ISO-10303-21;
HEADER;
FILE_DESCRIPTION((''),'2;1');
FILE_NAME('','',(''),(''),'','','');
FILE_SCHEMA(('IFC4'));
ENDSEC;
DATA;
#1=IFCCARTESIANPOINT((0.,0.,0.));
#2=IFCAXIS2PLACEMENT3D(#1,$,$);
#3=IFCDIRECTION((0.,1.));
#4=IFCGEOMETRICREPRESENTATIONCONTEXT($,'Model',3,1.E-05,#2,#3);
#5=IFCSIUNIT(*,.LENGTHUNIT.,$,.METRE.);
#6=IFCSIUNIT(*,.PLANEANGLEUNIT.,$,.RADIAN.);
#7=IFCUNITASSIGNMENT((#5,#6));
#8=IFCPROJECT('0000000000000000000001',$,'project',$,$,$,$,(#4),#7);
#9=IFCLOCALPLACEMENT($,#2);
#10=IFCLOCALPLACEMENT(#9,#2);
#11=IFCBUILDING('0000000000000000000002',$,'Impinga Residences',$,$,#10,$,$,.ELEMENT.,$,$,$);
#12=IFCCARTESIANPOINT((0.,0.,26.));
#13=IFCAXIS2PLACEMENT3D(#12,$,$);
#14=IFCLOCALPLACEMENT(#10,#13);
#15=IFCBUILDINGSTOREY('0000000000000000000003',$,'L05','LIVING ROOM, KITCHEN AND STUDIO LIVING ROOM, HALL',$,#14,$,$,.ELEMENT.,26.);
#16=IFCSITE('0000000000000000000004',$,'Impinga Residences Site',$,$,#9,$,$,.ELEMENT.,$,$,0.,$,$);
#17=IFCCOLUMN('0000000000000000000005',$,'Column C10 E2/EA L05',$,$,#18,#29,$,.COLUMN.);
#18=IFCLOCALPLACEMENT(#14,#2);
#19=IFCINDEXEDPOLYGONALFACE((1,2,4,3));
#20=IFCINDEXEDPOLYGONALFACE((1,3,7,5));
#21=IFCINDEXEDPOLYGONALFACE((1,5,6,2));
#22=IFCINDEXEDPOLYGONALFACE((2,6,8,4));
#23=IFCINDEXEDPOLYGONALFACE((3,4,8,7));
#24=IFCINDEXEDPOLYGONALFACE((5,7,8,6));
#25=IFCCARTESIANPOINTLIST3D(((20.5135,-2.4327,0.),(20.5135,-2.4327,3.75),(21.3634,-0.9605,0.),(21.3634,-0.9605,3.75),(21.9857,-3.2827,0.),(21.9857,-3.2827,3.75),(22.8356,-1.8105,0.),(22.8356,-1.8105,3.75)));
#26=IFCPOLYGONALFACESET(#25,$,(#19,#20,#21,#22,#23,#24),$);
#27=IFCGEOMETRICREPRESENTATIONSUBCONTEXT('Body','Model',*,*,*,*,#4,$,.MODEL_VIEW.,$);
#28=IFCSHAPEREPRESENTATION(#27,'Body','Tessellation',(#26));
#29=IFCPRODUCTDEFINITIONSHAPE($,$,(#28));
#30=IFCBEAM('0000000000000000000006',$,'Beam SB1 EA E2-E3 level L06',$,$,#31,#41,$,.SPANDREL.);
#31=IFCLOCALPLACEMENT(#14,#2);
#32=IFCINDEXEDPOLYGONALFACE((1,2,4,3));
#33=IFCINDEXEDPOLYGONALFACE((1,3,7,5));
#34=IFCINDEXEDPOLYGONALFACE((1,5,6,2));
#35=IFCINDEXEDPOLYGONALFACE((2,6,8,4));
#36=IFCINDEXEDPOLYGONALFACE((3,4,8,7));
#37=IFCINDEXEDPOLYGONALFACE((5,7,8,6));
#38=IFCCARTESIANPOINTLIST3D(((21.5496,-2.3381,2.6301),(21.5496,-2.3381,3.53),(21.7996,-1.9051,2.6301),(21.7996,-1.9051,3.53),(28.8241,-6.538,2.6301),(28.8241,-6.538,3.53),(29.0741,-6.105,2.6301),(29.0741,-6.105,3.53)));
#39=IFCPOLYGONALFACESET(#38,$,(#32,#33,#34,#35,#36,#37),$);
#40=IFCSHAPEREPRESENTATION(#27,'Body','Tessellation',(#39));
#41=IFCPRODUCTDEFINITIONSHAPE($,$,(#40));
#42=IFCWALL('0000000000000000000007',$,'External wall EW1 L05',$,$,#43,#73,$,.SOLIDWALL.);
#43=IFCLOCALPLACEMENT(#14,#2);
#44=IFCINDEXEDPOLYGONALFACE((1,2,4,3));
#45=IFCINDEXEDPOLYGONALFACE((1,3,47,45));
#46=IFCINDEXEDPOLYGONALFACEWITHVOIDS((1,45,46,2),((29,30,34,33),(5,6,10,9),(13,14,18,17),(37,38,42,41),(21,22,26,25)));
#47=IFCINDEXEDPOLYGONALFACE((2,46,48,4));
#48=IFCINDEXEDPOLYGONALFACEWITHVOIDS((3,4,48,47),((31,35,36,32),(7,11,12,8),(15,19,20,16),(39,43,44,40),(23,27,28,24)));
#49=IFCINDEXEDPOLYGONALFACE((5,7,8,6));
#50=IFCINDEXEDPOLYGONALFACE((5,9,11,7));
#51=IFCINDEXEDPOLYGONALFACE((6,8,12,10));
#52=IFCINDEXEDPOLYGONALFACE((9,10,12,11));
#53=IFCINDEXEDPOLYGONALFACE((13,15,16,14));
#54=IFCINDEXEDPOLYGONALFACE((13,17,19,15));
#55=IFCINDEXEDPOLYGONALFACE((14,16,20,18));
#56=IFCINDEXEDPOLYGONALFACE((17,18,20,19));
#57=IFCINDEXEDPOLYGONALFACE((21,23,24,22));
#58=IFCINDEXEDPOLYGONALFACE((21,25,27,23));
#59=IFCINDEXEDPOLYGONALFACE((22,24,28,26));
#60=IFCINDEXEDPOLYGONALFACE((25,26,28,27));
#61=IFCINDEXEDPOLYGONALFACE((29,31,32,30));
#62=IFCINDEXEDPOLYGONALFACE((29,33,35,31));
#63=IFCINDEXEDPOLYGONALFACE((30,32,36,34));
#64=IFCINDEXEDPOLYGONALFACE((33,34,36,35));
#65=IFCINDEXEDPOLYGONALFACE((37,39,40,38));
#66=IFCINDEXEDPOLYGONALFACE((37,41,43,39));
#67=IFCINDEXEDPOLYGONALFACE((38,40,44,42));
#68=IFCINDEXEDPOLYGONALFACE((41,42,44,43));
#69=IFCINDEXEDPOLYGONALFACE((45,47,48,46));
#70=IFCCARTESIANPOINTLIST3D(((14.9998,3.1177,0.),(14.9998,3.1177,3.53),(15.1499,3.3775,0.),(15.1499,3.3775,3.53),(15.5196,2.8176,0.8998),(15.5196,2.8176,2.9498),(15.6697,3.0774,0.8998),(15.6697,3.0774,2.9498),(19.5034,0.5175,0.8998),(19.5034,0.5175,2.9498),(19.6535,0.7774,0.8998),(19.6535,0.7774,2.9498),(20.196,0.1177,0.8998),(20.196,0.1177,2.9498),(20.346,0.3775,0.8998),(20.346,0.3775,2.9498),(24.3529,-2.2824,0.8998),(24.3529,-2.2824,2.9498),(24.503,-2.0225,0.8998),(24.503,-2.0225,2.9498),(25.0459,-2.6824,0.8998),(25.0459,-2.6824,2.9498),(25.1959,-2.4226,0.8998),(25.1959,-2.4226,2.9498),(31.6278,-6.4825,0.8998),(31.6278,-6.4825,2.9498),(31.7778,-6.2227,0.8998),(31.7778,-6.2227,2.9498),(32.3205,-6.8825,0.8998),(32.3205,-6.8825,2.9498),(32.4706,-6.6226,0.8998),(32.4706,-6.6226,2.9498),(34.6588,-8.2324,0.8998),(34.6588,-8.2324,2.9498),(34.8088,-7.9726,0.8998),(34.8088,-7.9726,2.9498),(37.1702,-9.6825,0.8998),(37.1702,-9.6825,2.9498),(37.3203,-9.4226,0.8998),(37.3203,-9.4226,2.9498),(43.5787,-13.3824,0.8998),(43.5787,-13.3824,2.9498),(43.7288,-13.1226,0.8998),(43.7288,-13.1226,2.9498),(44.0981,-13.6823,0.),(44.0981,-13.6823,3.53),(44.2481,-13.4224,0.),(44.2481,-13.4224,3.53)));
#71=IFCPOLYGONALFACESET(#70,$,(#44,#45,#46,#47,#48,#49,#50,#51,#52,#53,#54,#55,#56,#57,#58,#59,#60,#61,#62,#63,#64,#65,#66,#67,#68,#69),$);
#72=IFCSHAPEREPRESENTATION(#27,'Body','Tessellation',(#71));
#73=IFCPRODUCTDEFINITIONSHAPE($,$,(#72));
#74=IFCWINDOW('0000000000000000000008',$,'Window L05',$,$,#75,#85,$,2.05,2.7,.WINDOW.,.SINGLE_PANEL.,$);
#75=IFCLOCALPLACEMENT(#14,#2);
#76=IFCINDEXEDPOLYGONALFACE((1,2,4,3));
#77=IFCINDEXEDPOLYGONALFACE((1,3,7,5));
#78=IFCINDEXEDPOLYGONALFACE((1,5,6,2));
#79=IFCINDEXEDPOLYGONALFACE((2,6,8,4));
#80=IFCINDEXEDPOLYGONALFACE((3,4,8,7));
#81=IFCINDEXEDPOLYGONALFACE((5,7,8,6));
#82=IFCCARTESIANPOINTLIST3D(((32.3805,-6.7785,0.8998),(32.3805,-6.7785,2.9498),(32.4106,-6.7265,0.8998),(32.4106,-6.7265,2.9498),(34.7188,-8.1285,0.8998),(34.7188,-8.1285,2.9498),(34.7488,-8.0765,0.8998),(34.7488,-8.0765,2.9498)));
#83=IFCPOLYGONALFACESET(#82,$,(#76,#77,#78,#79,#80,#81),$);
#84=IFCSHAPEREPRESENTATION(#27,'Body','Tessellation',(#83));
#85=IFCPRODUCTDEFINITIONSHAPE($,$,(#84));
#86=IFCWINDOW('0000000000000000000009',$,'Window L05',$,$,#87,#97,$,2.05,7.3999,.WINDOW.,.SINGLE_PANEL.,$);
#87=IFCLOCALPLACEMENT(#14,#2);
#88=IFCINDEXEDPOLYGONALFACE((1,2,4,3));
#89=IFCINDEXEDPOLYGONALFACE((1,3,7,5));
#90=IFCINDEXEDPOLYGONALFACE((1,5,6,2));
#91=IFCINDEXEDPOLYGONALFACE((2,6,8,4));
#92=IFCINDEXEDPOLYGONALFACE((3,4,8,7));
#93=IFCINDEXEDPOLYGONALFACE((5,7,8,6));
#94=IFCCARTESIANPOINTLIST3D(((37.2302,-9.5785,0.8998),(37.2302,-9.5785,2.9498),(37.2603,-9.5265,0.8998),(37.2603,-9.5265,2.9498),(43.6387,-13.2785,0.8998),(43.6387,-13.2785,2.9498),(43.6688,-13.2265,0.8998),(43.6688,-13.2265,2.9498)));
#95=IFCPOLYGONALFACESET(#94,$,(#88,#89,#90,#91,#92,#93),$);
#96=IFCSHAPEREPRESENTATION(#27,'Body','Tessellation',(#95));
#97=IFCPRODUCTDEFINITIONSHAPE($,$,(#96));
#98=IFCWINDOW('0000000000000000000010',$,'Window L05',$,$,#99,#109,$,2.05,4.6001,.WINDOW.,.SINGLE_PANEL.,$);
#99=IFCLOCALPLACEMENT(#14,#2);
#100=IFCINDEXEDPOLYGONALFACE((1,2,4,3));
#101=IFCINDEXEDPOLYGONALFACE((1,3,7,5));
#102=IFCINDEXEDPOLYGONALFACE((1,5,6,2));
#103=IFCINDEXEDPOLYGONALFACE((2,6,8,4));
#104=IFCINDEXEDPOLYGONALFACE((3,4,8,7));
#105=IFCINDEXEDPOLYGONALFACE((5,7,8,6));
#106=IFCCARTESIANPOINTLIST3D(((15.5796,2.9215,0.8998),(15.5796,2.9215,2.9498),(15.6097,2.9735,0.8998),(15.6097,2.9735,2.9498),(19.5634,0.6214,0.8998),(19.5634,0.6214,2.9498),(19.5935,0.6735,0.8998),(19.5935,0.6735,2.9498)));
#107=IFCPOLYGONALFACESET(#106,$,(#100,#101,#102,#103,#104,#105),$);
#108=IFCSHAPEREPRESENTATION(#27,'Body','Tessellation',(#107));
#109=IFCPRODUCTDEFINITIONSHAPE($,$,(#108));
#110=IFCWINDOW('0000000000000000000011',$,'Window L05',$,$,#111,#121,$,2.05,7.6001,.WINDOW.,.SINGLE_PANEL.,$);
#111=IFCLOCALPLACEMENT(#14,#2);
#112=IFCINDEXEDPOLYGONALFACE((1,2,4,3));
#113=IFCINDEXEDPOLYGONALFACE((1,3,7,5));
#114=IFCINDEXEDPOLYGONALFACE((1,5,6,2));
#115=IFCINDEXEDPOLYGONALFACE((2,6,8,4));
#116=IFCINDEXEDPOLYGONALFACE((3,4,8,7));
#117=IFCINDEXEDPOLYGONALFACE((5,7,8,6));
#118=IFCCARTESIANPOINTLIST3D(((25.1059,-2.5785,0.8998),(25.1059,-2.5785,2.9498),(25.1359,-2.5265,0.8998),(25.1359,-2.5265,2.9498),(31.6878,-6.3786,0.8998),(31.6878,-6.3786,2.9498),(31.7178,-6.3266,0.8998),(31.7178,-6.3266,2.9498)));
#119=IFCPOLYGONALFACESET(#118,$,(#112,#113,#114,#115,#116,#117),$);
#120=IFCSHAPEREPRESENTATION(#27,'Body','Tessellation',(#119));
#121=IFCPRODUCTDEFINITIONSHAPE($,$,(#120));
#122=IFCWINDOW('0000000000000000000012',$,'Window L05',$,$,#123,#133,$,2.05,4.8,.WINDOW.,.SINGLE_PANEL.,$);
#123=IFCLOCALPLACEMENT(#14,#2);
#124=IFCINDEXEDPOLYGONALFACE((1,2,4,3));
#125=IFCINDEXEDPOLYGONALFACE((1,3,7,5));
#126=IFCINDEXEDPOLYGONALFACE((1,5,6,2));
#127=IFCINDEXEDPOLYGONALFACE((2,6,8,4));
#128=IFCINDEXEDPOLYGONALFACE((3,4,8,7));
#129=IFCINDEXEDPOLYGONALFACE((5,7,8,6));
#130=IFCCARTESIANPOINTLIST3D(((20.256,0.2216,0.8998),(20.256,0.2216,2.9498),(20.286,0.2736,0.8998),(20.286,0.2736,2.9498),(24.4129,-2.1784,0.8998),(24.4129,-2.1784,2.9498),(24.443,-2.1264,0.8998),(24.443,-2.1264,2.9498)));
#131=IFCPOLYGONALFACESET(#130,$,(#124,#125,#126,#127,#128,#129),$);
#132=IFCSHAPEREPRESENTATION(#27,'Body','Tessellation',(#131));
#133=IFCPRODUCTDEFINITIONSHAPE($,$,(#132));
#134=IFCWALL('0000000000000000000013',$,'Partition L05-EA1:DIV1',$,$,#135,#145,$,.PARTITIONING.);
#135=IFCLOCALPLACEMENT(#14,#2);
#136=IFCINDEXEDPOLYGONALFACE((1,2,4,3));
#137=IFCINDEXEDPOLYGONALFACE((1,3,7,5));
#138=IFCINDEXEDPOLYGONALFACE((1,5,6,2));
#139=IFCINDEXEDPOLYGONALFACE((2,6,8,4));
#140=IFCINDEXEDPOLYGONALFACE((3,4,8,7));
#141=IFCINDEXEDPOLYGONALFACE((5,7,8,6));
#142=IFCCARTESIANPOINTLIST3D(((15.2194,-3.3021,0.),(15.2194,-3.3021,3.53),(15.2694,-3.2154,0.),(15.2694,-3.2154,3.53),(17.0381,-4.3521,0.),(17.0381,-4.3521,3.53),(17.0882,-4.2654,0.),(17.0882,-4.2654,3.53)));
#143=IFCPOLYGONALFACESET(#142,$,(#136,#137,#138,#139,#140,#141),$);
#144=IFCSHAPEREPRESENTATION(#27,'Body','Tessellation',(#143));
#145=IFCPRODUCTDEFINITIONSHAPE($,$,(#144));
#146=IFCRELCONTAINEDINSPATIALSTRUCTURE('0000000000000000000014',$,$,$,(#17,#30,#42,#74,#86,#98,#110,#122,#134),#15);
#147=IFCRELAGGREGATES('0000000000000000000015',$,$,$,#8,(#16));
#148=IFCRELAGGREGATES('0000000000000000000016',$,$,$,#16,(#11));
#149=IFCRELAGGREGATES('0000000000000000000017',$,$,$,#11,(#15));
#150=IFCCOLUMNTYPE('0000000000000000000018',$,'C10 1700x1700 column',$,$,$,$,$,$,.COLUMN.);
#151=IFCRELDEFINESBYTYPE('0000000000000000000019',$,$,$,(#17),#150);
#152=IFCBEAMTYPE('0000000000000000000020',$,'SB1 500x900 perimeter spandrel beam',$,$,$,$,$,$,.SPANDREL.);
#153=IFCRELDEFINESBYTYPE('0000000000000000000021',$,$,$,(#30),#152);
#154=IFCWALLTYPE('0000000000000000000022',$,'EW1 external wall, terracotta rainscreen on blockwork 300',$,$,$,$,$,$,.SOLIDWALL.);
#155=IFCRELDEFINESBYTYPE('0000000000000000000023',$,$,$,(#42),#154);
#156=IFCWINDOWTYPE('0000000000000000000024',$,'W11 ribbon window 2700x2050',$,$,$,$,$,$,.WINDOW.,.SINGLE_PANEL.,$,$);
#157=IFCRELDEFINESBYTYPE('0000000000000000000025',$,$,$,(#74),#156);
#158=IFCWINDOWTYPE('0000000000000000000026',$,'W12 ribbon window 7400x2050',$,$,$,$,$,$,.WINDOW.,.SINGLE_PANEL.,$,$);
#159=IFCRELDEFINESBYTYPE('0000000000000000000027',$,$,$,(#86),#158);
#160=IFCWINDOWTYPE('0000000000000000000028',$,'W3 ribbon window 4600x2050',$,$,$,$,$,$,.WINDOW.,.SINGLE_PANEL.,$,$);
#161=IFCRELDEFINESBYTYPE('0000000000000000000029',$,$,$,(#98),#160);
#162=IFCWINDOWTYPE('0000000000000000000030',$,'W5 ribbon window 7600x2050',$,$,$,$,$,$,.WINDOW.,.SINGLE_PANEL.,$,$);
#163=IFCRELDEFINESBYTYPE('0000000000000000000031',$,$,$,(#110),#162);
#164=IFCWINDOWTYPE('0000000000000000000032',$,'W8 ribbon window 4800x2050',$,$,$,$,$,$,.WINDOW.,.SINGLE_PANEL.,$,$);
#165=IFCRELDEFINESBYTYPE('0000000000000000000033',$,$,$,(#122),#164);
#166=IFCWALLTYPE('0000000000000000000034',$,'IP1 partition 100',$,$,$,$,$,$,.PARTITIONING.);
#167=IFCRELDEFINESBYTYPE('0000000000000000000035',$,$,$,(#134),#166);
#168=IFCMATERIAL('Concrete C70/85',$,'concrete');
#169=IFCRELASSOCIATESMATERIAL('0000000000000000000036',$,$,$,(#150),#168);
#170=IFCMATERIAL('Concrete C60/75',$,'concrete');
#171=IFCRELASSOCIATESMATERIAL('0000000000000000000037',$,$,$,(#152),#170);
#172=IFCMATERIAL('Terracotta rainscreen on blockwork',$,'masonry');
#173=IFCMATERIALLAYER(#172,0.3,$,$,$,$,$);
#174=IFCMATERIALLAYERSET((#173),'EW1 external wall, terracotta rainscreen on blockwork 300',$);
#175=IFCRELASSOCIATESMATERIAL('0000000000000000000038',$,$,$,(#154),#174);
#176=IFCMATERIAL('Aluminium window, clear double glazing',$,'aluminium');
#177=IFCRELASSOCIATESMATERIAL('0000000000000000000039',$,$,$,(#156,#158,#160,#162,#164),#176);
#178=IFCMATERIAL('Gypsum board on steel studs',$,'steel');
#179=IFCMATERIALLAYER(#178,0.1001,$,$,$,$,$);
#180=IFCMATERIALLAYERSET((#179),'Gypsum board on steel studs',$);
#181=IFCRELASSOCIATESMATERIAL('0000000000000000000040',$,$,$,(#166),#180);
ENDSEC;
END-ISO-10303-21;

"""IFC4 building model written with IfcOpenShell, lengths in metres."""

from ifc_helpers import new_model, si_unit, direction, frame, frame_2d, origin, origin_2d, place, context, subcontext, project, spatial, rectangle, extrude, material, layer, layer_set, material_profile, profile_set, type_object, element, fill, save


model = new_model("IFC4")

# Units and contexts
model_context = context("Model", 3, precision=1e-05, world=origin(), true_north=direction((0.0, 1.0)))
body_context = subcontext(model_context, "Body", "Model", "MODEL_VIEW")
ifc_project = project(units=[si_unit("LENGTHUNIT", "METRE"), si_unit("PLANEANGLEUNIT", "RADIAN")], contexts=[model_context])

# Site, building, storey
site_placement = place(None, origin())
site = spatial("IfcSite", under=ifc_project, at=site_placement, Name="Impinga Residences Site", CompositionType="ELEMENT", RefElevation=0.0)
building_placement = place(site_placement, origin())
building = spatial("IfcBuilding", under=site, at=building_placement, Name="Impinga Residences", CompositionType="ELEMENT")
storey_placement = place(building_placement, frame((0.0, 0.0, 26.0)))
storey = spatial("IfcBuildingStorey", under=building, at=storey_placement, Name="L05", Description="LIVING ROOM, KITCHEN AND STUDIO LIVING ROOM, HALL", CompositionType="ELEMENT", Elevation=26.0)

# Column
ifc_material_1 = material(Name="Concrete C70/85", Category="concrete")
ifc_material_profile_1 = material_profile(ifc_material_1, rectangle(XDim=1.7, YDim=1.7, at=origin_2d()), Name="RC 1700x1700")
ifc_profile_set_1 = profile_set([ifc_material_profile_1], Name="Concrete C70/85")
column_type = type_object("IfcColumnType", Name="C10 1700x1700 column", PredefinedType="COLUMN", material=ifc_profile_set_1)
column_placement = place(storey_placement, frame((21.6746, -2.1216, 0.0), z_axis=(0.0, 0.0, 1.0), x_axis=(-0.5, -0.866025, 0.0)))
element("IfcColumn", 1, at=column_placement, inside=storey, type_object=column_type, Name="Column C10 E2/EA L05", PredefinedType="COLUMN", context=body_context, shape_type="SweptSolid", body=[
    extrude(rectangle(XDim=1.7, YDim=1.7, at=origin_2d()), origin(), (0.0, 0.0, 1.0), 3.75),
])

# Beam
ifc_material_2 = material(Name="Concrete C60/75", Category="concrete")
ifc_material_profile_2 = material_profile(ifc_material_2, rectangle(XDim=0.5, YDim=0.8999, at=origin_2d()), Name="RC 500x900")
ifc_profile_set_2 = profile_set([ifc_material_profile_2], Name="Concrete C60/75")
beam_type = type_object("IfcBeamType", Name="SB1 500x900 perimeter spandrel beam", PredefinedType="SPANDREL", material=ifc_profile_set_2)
beam_placement = place(storey_placement, frame((21.6746, -2.1216, 3.0801), z_axis=(0.866029, -0.499993, 0.0), x_axis=(0.499993, 0.866029, 0.0)))
element("IfcBeam", 2, at=beam_placement, inside=storey, type_object=beam_type, Name="Beam SB1 EA E2-E3 level L06", PredefinedType="SPANDREL", context=body_context, shape_type="SweptSolid", body=[
    extrude(rectangle(XDim=0.5, YDim=0.8999, at=origin_2d()), origin(), (0.0, 0.0, 1.0), 8.3999),
])

# Wall, openings, windows
ifc_material_3 = material(Name="Terracotta rainscreen on blockwork", Category="masonry")
ifc_layer_1 = layer(ifc_material_3, 0.3)
ifc_layer_set_1 = layer_set([ifc_layer_1], Name="EW1 external wall, terracotta rainscreen on blockwork 300")
wall_type_1 = type_object("IfcWallType", Name="EW1 external wall, terracotta rainscreen on blockwork 300", PredefinedType="SOLIDWALL", material=ifc_layer_set_1)
wall_1_placement = place(storey_placement, frame((15.075, 3.2476, 0.0), z_axis=(0.0, 0.0, 1.0), x_axis=(0.866024, -0.500002, 0.0)))
wall_1 = element("IfcWall", 3, at=wall_1_placement, inside=storey, type_object=wall_type_1, Name="External wall EW1 L05", PredefinedType="SOLIDWALL", context=body_context, shape_type="SweptSolid", body=[
    extrude(rectangle(XDim=33.5999, YDim=0.3, at=frame_2d((16.7998, 0.0))), origin(), (0.0, 0.0, 1.0), 3.53),
])
opening_1_placement = place(wall_1_placement, frame((0.6001, 0.0, 0.8999)))
opening_1 = element("IfcOpeningElement", 4, at=opening_1_placement, cuts=wall_1, PredefinedType="OPENING", context=body_context, shape_type="SweptSolid", body=[
    extrude(rectangle(XDim=4.6001, YDim=2.05, at=frame_2d((2.3, 1.0249))), frame((0.0, 0.1599, 0.0), z_axis=(0.0, -1.0, 0.0), x_axis=(1.0, 0.0, 0.0)), (0.0, 0.0, 1.0), 0.3201),
])
opening_2_placement = place(wall_1_placement, frame((6.0, 0.0, 0.8999)))
opening_2 = element("IfcOpeningElement", 5, at=opening_2_placement, cuts=wall_1, PredefinedType="OPENING", context=body_context, shape_type="SweptSolid", body=[
    extrude(rectangle(XDim=4.8, YDim=2.05, at=frame_2d((2.3999, 1.0249))), frame((0.0, 0.1599, 0.0), z_axis=(0.0, -1.0, 0.0), x_axis=(1.0, 0.0, 0.0)), (0.0, 0.0, 1.0), 0.3201),
])
opening_3_placement = place(wall_1_placement, frame((11.6001, 0.0, 0.8999)))
opening_3 = element("IfcOpeningElement", 6, at=opening_3_placement, cuts=wall_1, PredefinedType="OPENING", context=body_context, shape_type="SweptSolid", body=[
    extrude(rectangle(XDim=7.6001, YDim=2.05, at=frame_2d((3.8, 1.0249))), frame((0.0, 0.1599, 0.0), z_axis=(0.0, -1.0, 0.0), x_axis=(1.0, 0.0, 0.0)), (0.0, 0.0, 1.0), 0.3201),
])
opening_4_placement = place(wall_1_placement, frame((20.0, 0.0, 0.8999)))
opening_4 = element("IfcOpeningElement", 7, at=opening_4_placement, cuts=wall_1, PredefinedType="OPENING", context=body_context, shape_type="SweptSolid", body=[
    extrude(rectangle(XDim=2.7, YDim=2.05, at=frame_2d((1.3501, 1.0249))), frame((0.0, 0.1599, 0.0), z_axis=(0.0, -1.0, 0.0), x_axis=(1.0, 0.0, 0.0)), (0.0, 0.0, 1.0), 0.3201),
])
opening_5_placement = place(wall_1_placement, frame((25.6001, 0.0, 0.8999)))
opening_5 = element("IfcOpeningElement", 8, at=opening_5_placement, cuts=wall_1, PredefinedType="OPENING", context=body_context, shape_type="SweptSolid", body=[
    extrude(rectangle(XDim=7.3999, YDim=2.05, at=frame_2d((3.7, 1.0249))), frame((0.0, 0.1599, 0.0), z_axis=(0.0, -1.0, 0.0), x_axis=(1.0, 0.0, 0.0)), (0.0, 0.0, 1.0), 0.3201),
])
ifc_material_4 = material(Name="Aluminium window, clear double glazing", Category="aluminium")
window_type_1 = type_object("IfcWindowType", Name="W11 ribbon window 2700x2050", PartitioningType="SINGLE_PANEL", PredefinedType="WINDOW", material=ifc_material_4)
window_1_placement = place(opening_4_placement, origin())
window_1 = element("IfcWindow", 9, at=window_1_placement, inside=storey, type_object=window_type_1, Name="Window L05", OverallHeight=2.05, OverallWidth=2.7, PartitioningType="SINGLE_PANEL", PredefinedType="WINDOW", context=body_context, shape_type="SweptSolid", body=[
    extrude(rectangle(XDim=2.7, YDim=2.05, at=frame_2d((1.3501, 1.0249))), frame((0.0, 0.03, 0.0), z_axis=(0.0, -1.0, 0.0), x_axis=(1.0, 0.0, 0.0)), (0.0, 0.0, 1.0), 0.0601),
])
fill(opening_4, window_1)
window_type_2 = type_object("IfcWindowType", Name="W12 ribbon window 7400x2050", PartitioningType="SINGLE_PANEL", PredefinedType="WINDOW", material=ifc_material_4)
window_2_placement = place(opening_5_placement, origin())
window_2 = element("IfcWindow", 10, at=window_2_placement, inside=storey, type_object=window_type_2, Name="Window L05", OverallHeight=2.05, OverallWidth=7.3999, PartitioningType="SINGLE_PANEL", PredefinedType="WINDOW", context=body_context, shape_type="SweptSolid", body=[
    extrude(rectangle(XDim=7.3999, YDim=2.05, at=frame_2d((3.7, 1.0249))), frame((0.0, 0.03, 0.0), z_axis=(0.0, -1.0, 0.0), x_axis=(1.0, 0.0, 0.0)), (0.0, 0.0, 1.0), 0.0601),
])
fill(opening_5, window_2)
window_type_3 = type_object("IfcWindowType", Name="W3 ribbon window 4600x2050", PartitioningType="SINGLE_PANEL", PredefinedType="WINDOW", material=ifc_material_4)
window_3_placement = place(opening_1_placement, origin())
window_3 = element("IfcWindow", 11, at=window_3_placement, inside=storey, type_object=window_type_3, Name="Window L05", OverallHeight=2.05, OverallWidth=4.6001, PartitioningType="SINGLE_PANEL", PredefinedType="WINDOW", context=body_context, shape_type="SweptSolid", body=[
    extrude(rectangle(XDim=4.6001, YDim=2.05, at=frame_2d((2.3, 1.0249))), frame((0.0, 0.03, 0.0), z_axis=(0.0, -1.0, 0.0), x_axis=(1.0, 0.0, 0.0)), (0.0, 0.0, 1.0), 0.0601),
])
fill(opening_1, window_3)
window_type_4 = type_object("IfcWindowType", Name="W5 ribbon window 7600x2050", PartitioningType="SINGLE_PANEL", PredefinedType="WINDOW", material=ifc_material_4)
window_4_placement = place(opening_3_placement, origin())
window_4 = element("IfcWindow", 12, at=window_4_placement, inside=storey, type_object=window_type_4, Name="Window L05", OverallHeight=2.05, OverallWidth=7.6001, PartitioningType="SINGLE_PANEL", PredefinedType="WINDOW", context=body_context, shape_type="SweptSolid", body=[
    extrude(rectangle(XDim=7.6001, YDim=2.05, at=frame_2d((3.8, 1.0249))), frame((0.0, 0.03, 0.0), z_axis=(0.0, -1.0, 0.0), x_axis=(1.0, 0.0, 0.0)), (0.0, 0.0, 1.0), 0.0601),
])
fill(opening_3, window_4)
window_type_5 = type_object("IfcWindowType", Name="W8 ribbon window 4800x2050", PartitioningType="SINGLE_PANEL", PredefinedType="WINDOW", material=ifc_material_4)
window_5_placement = place(opening_2_placement, origin())
window_5 = element("IfcWindow", 13, at=window_5_placement, inside=storey, type_object=window_type_5, Name="Window L05", OverallHeight=2.05, OverallWidth=4.8, PartitioningType="SINGLE_PANEL", PredefinedType="WINDOW", context=body_context, shape_type="SweptSolid", body=[
    extrude(rectangle(XDim=4.8, YDim=2.05, at=frame_2d((2.3999, 1.0249))), frame((0.0, 0.03, 0.0), z_axis=(0.0, -1.0, 0.0), x_axis=(1.0, 0.0, 0.0)), (0.0, 0.0, 1.0), 0.0601),
])
fill(opening_2, window_5)

# Wall
ifc_material_5 = material(Name="Gypsum board on steel studs", Category="steel")
ifc_layer_2 = layer(ifc_material_5, 0.1001)
ifc_layer_set_2 = layer_set([ifc_layer_2], Name="Gypsum board on steel studs")
wall_type_2 = type_object("IfcWallType", Name="IP1 partition 100", PredefinedType="PARTITIONING", material=ifc_layer_set_2)
wall_2_placement = place(storey_placement, frame((15.2444, -3.2588, 0.0), z_axis=(0.0, 0.0, 1.0), x_axis=(0.866038, -0.499977, 0.0)))
element("IfcWall", 14, at=wall_2_placement, inside=storey, type_object=wall_type_2, Name="Partition L05-EA1:DIV1", PredefinedType="PARTITIONING", context=body_context, shape_type="SweptSolid", body=[
    extrude(rectangle(XDim=2.1001, YDim=0.1001, at=frame_2d((1.05, 0.0))), origin(), (0.0, 0.0, 1.0), 3.53),
])

save(model, "model.ifc")
